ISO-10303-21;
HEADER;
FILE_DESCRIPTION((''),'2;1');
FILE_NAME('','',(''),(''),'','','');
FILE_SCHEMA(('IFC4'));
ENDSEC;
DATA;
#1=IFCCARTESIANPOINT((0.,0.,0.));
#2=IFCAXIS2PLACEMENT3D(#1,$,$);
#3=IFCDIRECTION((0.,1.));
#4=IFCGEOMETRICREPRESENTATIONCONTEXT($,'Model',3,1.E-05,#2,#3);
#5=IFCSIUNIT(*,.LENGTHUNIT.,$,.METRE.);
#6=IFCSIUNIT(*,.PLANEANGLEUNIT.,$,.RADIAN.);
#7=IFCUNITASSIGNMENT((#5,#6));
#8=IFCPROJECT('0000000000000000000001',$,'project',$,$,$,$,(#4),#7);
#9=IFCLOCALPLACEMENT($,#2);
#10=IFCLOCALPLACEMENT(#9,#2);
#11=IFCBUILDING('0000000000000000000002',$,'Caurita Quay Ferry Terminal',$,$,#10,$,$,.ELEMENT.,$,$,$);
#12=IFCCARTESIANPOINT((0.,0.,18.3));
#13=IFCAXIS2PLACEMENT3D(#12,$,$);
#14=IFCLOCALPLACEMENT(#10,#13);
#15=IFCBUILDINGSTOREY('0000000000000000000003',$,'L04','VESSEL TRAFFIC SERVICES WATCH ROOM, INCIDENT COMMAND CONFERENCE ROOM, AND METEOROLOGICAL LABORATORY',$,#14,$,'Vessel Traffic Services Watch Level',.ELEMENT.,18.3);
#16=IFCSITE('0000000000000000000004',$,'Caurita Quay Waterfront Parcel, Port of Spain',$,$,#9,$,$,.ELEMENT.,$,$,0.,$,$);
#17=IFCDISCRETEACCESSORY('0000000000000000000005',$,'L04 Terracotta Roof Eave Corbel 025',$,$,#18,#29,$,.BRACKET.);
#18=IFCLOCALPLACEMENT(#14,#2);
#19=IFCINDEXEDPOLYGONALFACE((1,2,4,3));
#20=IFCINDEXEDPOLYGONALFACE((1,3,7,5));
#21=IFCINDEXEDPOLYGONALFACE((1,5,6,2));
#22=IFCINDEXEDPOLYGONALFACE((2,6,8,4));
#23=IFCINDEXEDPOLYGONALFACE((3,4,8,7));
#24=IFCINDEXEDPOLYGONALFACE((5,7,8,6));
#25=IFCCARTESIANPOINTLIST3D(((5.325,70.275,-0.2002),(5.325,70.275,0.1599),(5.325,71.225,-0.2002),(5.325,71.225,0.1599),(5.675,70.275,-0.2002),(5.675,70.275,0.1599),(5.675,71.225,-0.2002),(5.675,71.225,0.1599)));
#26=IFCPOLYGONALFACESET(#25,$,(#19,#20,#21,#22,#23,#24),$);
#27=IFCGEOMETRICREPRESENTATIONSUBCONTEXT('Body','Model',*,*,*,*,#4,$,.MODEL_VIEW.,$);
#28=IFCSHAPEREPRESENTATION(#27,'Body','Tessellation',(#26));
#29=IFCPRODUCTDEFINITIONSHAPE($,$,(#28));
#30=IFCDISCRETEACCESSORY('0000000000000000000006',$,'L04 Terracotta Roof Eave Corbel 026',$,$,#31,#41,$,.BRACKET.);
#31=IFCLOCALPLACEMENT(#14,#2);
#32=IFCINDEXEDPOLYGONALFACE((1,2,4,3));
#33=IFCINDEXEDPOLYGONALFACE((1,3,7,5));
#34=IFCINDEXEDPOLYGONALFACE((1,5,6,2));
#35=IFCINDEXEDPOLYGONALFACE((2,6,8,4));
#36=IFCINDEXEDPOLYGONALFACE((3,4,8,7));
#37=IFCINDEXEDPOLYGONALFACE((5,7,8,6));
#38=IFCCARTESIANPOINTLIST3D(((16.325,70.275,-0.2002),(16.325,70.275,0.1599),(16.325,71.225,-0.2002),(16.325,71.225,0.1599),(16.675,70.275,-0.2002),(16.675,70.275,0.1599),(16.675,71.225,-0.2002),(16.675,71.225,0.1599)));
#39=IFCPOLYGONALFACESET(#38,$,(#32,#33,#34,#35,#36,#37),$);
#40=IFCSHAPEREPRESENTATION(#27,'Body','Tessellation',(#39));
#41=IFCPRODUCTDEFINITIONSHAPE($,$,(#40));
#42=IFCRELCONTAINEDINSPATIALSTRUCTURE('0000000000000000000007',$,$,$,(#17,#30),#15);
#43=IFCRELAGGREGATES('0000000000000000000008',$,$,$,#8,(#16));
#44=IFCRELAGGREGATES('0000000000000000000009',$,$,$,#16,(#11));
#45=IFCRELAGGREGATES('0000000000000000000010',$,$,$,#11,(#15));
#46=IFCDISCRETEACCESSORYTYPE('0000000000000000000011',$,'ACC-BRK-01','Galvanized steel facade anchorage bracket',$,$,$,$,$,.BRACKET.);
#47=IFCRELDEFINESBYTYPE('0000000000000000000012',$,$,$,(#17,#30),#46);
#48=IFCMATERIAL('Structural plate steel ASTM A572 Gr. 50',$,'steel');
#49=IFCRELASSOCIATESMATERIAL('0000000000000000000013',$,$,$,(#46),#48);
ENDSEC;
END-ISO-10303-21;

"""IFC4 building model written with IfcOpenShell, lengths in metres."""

from ifc_helpers import new_model, si_unit, direction, frame, origin, origin_2d, place, context, subcontext, project, spatial, rectangle, extrude, material, type_object, element, save


model = new_model("IFC4")

# Units and contexts
model_context = context("Model", 3, precision=1e-05, world=origin(), true_north=direction((0.0, 1.0)))
body_context = subcontext(model_context, "Body", "Model", "MODEL_VIEW")
ifc_project = project(units=[si_unit("LENGTHUNIT", "METRE"), si_unit("PLANEANGLEUNIT", "RADIAN")], contexts=[model_context])

# Site, building, storey
site_placement = place(None, origin())
site = spatial("IfcSite", under=ifc_project, at=site_placement, Name="Caurita Quay Waterfront Parcel, Port of Spain", CompositionType="ELEMENT", RefElevation=0.0)
building_placement = place(site_placement, origin())
building = spatial("IfcBuilding", under=site, at=building_placement, Name="Caurita Quay Ferry Terminal", CompositionType="ELEMENT")
storey_placement = place(building_placement, frame((0.0, 0.0, 18.3)))
storey = spatial("IfcBuildingStorey", under=building, at=storey_placement, Name="L04", Description="VESSEL TRAFFIC SERVICES WATCH ROOM, INCIDENT COMMAND CONFERENCE ROOM, AND METEOROLOGICAL LABORATORY", LongName="Vessel Traffic Services Watch Level", CompositionType="ELEMENT", Elevation=18.3)

# Discrete accessories
ifc_material_1 = material(Name="Structural plate steel ASTM A572 Gr. 50", Category="steel")
discrete_accessory_type = type_object("IfcDiscreteAccessoryType", Name="ACC-BRK-01", Description="Galvanized steel facade anchorage bracket", PredefinedType="BRACKET", material=ifc_material_1)
for number, where, z_axis, x_axis, name in (
    (1, (5.5, 70.75, -0.2002), (0.0, 0.0, 1.0), (1.0, 0.0, 0.0), "L04 Terracotta Roof Eave Corbel 025"),
    (2, (16.5, 70.75, -0.2002), (0.0, 0.0, 1.0), (1.0, 0.0, 0.0), "L04 Terracotta Roof Eave Corbel 026"),
):
    element("IfcDiscreteAccessory", number, at=place(storey_placement, frame(where, z_axis=z_axis, x_axis=x_axis)), inside=storey, type_object=discrete_accessory_type, Name=name, PredefinedType="BRACKET", context=body_context, shape_type="SweptSolid", body=[
        extrude(rectangle(XDim=0.3501, YDim=0.95, at=origin_2d()), origin(), (0.0, 0.0, 1.0), 0.3601),
    ])

save(model, "model.ifc")
